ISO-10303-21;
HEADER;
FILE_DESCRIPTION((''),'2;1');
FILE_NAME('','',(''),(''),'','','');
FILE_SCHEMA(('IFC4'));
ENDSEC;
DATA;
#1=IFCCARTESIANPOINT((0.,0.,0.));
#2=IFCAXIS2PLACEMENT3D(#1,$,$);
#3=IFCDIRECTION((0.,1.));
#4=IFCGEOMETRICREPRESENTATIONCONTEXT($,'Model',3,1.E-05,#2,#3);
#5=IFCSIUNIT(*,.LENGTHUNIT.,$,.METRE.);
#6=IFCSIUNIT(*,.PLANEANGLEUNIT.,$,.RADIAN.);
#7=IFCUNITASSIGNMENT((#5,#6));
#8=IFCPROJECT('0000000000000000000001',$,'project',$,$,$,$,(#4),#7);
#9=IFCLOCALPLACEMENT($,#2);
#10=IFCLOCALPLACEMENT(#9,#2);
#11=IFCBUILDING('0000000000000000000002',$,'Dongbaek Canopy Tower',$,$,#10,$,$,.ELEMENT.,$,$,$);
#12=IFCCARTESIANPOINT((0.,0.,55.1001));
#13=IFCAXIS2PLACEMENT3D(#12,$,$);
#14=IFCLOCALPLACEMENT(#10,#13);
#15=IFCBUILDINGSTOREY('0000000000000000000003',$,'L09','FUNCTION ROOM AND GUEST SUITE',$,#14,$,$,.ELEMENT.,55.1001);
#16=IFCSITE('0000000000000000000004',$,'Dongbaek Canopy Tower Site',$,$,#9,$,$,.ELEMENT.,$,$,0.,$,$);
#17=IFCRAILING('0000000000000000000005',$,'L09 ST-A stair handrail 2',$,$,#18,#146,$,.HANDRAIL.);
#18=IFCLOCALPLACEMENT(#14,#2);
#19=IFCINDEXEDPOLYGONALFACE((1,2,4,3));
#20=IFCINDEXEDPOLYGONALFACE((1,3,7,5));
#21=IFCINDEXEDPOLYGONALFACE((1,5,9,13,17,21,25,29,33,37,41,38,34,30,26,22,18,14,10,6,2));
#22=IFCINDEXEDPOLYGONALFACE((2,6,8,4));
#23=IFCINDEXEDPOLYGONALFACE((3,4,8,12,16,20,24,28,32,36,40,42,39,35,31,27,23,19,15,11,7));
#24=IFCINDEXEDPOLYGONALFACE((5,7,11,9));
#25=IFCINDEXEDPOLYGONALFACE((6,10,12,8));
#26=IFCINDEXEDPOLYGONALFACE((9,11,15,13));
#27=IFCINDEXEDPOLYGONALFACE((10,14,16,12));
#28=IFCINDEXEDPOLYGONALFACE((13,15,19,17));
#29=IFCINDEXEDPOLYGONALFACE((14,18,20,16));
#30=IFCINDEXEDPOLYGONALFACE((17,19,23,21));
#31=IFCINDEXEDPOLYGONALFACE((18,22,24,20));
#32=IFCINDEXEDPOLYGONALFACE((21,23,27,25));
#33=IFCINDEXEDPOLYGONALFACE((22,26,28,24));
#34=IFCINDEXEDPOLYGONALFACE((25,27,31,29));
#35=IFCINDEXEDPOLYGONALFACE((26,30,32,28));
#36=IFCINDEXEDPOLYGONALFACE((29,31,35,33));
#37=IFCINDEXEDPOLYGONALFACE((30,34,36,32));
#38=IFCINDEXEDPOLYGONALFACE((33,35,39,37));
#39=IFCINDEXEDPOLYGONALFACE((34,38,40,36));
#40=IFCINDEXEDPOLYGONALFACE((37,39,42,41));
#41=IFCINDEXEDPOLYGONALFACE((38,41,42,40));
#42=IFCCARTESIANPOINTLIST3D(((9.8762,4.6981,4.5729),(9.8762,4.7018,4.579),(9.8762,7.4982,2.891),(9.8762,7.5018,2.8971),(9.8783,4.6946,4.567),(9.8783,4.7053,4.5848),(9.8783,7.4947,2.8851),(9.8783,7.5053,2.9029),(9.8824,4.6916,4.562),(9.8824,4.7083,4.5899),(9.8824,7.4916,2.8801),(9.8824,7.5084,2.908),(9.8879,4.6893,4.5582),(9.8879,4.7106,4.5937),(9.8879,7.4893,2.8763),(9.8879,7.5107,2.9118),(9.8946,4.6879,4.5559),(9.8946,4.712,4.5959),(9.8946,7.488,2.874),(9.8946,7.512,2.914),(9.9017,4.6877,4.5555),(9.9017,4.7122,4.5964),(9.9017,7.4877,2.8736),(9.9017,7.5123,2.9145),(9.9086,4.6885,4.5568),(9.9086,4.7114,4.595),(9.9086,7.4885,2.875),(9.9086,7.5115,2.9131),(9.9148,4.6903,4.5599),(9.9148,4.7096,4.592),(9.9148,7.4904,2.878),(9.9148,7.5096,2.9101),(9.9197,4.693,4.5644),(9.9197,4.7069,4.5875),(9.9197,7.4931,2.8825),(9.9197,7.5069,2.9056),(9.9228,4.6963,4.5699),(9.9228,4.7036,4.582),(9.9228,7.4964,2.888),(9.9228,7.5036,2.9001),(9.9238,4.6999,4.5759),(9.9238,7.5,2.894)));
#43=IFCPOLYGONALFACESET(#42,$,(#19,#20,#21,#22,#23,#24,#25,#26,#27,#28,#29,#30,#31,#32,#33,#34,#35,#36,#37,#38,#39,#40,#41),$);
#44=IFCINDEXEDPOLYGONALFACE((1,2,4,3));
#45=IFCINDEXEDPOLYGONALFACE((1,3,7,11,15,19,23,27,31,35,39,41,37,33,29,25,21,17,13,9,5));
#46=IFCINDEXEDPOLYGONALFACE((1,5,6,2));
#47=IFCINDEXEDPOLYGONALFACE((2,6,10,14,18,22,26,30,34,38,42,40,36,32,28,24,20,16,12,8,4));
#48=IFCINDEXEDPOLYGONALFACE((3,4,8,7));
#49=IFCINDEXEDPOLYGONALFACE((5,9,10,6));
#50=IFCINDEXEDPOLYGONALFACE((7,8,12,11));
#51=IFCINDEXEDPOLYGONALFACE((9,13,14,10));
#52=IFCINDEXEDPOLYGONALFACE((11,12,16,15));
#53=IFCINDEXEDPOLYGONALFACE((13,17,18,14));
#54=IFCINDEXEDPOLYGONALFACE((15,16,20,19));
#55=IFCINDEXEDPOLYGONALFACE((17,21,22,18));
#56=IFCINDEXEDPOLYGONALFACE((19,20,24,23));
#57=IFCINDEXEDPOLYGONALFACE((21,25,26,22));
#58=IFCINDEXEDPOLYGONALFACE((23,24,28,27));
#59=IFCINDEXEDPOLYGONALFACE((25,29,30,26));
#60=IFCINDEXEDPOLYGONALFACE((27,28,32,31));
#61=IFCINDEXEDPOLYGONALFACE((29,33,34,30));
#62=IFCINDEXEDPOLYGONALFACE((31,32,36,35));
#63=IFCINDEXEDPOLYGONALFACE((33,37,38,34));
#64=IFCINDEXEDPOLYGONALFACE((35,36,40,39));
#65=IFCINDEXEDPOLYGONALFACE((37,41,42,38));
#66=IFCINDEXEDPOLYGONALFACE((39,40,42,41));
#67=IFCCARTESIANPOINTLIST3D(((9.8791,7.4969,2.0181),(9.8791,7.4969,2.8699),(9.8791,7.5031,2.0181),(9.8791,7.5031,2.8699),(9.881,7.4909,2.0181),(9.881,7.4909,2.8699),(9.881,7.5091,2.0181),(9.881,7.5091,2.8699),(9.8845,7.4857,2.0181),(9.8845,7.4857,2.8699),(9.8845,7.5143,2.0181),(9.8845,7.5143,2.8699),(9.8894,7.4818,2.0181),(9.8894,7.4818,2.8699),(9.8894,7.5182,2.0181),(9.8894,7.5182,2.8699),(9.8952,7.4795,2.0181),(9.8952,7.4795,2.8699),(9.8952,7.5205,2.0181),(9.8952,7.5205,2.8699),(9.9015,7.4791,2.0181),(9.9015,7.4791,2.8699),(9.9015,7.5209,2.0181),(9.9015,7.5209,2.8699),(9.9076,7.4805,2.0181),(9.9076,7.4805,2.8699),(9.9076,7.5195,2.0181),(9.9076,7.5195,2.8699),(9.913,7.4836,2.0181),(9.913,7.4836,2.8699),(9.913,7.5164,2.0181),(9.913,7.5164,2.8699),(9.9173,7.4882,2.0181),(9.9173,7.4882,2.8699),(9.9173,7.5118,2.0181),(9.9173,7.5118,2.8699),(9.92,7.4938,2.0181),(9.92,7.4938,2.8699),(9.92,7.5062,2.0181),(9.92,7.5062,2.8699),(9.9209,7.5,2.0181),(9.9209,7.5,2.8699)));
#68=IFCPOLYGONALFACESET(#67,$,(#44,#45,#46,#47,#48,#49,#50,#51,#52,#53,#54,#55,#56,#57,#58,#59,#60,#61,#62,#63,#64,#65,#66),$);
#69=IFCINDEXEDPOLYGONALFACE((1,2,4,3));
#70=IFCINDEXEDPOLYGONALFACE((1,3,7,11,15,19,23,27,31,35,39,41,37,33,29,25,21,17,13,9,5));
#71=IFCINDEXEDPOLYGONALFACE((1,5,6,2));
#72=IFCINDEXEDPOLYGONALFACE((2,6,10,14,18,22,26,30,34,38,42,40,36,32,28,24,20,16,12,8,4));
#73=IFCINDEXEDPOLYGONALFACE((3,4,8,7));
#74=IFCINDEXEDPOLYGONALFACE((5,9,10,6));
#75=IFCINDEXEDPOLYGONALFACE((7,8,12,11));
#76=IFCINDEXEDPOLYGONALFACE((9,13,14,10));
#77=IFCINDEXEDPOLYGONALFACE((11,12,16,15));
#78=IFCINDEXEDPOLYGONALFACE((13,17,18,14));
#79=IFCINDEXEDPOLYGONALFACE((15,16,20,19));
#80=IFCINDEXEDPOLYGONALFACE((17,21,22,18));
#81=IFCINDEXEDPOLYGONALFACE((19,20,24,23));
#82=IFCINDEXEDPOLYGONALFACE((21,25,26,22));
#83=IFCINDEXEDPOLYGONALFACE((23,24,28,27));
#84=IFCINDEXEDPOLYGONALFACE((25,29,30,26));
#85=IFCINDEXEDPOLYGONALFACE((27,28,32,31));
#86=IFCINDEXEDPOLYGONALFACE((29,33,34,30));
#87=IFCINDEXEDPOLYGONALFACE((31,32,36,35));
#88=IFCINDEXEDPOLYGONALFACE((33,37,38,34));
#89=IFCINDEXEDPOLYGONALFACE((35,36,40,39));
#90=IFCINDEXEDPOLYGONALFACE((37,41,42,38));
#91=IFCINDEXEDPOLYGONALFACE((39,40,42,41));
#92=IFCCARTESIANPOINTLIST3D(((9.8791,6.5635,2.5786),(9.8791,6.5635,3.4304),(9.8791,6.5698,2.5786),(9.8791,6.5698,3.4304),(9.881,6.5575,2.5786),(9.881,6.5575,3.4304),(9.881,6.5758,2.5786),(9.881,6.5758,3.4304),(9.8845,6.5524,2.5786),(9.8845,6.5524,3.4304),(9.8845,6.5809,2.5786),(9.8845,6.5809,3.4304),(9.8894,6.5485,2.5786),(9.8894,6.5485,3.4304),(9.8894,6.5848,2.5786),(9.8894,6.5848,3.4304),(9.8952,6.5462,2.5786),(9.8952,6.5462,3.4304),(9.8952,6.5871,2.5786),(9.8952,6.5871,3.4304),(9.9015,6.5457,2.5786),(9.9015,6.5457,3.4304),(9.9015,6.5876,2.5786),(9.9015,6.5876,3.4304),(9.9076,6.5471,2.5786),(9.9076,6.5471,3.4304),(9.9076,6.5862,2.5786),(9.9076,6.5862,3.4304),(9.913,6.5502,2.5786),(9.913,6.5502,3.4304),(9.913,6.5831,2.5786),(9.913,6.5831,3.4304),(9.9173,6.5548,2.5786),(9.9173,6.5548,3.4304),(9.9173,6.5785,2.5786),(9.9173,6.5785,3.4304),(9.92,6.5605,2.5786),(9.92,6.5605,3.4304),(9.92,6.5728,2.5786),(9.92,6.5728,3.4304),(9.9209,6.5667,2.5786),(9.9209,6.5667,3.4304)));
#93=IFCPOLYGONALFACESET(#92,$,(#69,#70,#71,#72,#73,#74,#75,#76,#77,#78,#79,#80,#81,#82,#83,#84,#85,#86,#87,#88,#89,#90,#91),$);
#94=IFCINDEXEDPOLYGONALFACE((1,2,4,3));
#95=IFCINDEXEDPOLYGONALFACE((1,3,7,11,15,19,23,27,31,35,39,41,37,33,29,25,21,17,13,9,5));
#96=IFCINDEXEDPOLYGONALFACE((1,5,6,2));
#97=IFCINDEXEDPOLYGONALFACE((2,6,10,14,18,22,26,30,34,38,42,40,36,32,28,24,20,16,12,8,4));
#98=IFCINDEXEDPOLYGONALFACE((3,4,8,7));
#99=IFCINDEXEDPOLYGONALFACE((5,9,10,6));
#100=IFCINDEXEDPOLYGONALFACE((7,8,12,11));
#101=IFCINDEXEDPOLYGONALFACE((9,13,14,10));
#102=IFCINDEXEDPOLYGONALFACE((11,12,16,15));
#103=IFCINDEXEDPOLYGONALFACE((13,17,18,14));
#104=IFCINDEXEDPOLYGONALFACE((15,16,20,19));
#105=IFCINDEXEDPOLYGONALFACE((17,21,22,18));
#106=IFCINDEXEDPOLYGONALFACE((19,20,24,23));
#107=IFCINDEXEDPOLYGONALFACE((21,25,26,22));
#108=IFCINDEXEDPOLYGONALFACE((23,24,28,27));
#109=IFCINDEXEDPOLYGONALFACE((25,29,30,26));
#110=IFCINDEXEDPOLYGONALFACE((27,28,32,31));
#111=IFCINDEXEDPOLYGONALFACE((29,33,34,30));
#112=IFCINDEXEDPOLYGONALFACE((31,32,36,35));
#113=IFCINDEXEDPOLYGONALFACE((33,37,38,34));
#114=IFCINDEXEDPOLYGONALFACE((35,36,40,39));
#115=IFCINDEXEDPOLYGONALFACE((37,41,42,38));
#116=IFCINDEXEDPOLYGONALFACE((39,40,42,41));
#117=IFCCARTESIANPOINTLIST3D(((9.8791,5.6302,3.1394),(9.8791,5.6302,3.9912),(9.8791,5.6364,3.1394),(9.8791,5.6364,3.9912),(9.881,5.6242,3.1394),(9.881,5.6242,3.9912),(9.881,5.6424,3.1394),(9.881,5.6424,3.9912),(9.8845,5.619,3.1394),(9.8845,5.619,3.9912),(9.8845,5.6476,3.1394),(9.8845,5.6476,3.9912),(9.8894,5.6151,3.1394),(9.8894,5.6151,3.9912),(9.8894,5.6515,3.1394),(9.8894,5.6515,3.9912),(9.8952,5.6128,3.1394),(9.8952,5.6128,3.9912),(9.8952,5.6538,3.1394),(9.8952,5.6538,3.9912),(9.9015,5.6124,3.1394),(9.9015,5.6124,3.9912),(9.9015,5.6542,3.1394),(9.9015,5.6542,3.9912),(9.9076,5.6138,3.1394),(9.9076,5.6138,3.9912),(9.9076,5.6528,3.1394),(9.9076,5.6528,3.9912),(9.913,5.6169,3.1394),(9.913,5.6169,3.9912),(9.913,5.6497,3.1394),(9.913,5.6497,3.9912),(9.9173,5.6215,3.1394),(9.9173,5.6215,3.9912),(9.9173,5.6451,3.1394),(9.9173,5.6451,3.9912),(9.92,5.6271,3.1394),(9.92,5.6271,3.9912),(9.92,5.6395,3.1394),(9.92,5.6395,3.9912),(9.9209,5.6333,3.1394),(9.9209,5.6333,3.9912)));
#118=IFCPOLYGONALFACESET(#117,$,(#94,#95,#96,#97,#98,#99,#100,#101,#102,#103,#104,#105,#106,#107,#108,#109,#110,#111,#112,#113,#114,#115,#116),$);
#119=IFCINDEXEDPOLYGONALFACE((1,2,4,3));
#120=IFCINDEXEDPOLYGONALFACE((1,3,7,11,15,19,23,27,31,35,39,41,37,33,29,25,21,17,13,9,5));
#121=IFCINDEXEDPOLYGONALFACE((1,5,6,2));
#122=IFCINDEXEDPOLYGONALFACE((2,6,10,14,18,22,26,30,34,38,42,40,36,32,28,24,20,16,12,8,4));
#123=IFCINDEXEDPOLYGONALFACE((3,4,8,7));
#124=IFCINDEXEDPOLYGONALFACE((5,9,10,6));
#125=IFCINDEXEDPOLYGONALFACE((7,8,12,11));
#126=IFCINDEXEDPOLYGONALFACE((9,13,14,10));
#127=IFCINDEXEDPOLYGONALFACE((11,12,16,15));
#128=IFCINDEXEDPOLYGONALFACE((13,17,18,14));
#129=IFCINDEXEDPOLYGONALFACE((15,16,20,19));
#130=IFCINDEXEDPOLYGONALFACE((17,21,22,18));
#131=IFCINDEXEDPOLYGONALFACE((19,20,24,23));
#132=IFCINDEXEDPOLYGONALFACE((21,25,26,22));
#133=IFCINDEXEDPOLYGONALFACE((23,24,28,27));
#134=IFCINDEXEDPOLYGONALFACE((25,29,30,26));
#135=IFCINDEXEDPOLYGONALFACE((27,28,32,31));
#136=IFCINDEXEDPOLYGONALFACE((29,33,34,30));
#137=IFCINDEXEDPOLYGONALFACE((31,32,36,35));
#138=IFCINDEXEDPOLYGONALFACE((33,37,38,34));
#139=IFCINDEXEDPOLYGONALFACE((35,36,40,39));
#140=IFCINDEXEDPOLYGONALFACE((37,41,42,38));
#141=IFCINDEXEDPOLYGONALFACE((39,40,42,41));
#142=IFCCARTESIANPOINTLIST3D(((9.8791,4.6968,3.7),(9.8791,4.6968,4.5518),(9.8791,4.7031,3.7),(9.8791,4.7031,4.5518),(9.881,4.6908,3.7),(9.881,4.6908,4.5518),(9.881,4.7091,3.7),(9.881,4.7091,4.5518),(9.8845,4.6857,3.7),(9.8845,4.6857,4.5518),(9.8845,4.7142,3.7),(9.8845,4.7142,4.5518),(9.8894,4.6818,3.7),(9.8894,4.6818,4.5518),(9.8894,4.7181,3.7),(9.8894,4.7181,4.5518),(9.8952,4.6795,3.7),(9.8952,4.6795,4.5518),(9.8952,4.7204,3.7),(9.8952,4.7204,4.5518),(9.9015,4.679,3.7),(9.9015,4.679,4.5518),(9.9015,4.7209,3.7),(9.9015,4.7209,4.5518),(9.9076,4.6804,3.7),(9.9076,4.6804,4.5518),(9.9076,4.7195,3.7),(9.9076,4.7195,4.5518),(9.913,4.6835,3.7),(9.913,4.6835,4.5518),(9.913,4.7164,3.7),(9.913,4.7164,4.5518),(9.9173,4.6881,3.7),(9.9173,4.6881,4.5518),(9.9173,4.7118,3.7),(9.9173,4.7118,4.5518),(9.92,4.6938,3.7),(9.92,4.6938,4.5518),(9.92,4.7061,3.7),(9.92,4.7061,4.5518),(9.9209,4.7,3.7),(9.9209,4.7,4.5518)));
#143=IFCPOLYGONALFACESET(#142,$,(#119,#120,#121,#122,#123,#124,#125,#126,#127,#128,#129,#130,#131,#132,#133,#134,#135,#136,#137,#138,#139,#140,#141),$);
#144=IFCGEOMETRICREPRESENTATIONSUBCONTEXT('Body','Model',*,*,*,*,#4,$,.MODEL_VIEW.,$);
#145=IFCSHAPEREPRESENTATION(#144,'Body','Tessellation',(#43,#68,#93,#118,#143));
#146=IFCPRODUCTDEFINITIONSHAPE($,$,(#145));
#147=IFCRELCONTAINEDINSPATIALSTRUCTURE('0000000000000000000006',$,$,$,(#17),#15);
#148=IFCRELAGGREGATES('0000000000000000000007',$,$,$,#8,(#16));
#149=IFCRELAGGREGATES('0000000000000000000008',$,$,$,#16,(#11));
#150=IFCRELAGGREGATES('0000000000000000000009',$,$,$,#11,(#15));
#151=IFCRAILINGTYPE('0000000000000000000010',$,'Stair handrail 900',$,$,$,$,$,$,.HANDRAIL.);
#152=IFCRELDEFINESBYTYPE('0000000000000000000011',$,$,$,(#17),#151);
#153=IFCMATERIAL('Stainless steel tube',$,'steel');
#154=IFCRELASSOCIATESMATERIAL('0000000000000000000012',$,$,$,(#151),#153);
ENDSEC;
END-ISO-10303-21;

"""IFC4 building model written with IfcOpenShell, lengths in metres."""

from ifc_helpers import new_model, si_unit, direction, frame, origin, origin_2d, place, context, subcontext, project, spatial, circle, extrude, material, type_object, element, save


model = new_model("IFC4")

# Units and contexts
model_context = context("Model", 3, precision=1e-05, world=origin(), true_north=direction((0.0, 1.0)))
body_context = subcontext(model_context, "Body", "Model", "MODEL_VIEW")
ifc_project = project(units=[si_unit("LENGTHUNIT", "METRE"), si_unit("PLANEANGLEUNIT", "RADIAN")], contexts=[model_context])

# Site, building, storey
site_placement = place(None, origin())
site = spatial("IfcSite", under=ifc_project, at=site_placement, Name="Dongbaek Canopy Tower Site", CompositionType="ELEMENT", RefElevation=0.0)
building_placement = place(site_placement, origin())
building = spatial("IfcBuilding", under=site, at=building_placement, Name="Dongbaek Canopy Tower", CompositionType="ELEMENT")
storey_placement = place(building_placement, frame((0.0, 0.0, 55.1001)))
storey = spatial("IfcBuildingStorey", under=building, at=storey_placement, Name="L09", Description="FUNCTION ROOM AND GUEST SUITE", CompositionType="ELEMENT", Elevation=55.1001)

# Railing
ifc_material_1 = material(Name="Stainless steel tube", Category="steel")
railing_type_1 = type_object("IfcRailingType", Name="Stair handrail 900", PredefinedType="HANDRAIL", material=ifc_material_1)
railing_1_placement = place(storey_placement, frame((9.8999, 7.5, 2.0181)))
element("IfcRailing", 1, at=railing_1_placement, inside=storey, type_object=railing_type_1, Name="L09 ST-A stair handrail 2", PredefinedType="HANDRAIL", context=body_context, shape_type="SweptSolid", body=[
    extrude(circle(Radius=0.0239, at=origin_2d()), frame((0.0, 0.0, 0.876), z_axis=(0.0, -0.857242, 0.514913), x_axis=(1.0, 0.0, 0.0)), (0.0, 0.0, 1.0), 3.2664),
    extrude(circle(Radius=0.021, at=origin_2d()), origin(), (0.0, 0.0, 1.0), 0.8518),
    extrude(circle(Radius=0.021, at=origin_2d()), frame((0.0, -0.9333, 0.5605)), (0.0, 0.0, 1.0), 0.8518),
    extrude(circle(Radius=0.021, at=origin_2d()), frame((0.0, -1.8667, 1.1213)), (0.0, 0.0, 1.0), 0.8518),
    extrude(circle(Radius=0.021, at=origin_2d()), frame((0.0, -2.8, 1.6819)), (0.0, 0.0, 1.0), 0.8518),
])

save(model, "model.ifc")
